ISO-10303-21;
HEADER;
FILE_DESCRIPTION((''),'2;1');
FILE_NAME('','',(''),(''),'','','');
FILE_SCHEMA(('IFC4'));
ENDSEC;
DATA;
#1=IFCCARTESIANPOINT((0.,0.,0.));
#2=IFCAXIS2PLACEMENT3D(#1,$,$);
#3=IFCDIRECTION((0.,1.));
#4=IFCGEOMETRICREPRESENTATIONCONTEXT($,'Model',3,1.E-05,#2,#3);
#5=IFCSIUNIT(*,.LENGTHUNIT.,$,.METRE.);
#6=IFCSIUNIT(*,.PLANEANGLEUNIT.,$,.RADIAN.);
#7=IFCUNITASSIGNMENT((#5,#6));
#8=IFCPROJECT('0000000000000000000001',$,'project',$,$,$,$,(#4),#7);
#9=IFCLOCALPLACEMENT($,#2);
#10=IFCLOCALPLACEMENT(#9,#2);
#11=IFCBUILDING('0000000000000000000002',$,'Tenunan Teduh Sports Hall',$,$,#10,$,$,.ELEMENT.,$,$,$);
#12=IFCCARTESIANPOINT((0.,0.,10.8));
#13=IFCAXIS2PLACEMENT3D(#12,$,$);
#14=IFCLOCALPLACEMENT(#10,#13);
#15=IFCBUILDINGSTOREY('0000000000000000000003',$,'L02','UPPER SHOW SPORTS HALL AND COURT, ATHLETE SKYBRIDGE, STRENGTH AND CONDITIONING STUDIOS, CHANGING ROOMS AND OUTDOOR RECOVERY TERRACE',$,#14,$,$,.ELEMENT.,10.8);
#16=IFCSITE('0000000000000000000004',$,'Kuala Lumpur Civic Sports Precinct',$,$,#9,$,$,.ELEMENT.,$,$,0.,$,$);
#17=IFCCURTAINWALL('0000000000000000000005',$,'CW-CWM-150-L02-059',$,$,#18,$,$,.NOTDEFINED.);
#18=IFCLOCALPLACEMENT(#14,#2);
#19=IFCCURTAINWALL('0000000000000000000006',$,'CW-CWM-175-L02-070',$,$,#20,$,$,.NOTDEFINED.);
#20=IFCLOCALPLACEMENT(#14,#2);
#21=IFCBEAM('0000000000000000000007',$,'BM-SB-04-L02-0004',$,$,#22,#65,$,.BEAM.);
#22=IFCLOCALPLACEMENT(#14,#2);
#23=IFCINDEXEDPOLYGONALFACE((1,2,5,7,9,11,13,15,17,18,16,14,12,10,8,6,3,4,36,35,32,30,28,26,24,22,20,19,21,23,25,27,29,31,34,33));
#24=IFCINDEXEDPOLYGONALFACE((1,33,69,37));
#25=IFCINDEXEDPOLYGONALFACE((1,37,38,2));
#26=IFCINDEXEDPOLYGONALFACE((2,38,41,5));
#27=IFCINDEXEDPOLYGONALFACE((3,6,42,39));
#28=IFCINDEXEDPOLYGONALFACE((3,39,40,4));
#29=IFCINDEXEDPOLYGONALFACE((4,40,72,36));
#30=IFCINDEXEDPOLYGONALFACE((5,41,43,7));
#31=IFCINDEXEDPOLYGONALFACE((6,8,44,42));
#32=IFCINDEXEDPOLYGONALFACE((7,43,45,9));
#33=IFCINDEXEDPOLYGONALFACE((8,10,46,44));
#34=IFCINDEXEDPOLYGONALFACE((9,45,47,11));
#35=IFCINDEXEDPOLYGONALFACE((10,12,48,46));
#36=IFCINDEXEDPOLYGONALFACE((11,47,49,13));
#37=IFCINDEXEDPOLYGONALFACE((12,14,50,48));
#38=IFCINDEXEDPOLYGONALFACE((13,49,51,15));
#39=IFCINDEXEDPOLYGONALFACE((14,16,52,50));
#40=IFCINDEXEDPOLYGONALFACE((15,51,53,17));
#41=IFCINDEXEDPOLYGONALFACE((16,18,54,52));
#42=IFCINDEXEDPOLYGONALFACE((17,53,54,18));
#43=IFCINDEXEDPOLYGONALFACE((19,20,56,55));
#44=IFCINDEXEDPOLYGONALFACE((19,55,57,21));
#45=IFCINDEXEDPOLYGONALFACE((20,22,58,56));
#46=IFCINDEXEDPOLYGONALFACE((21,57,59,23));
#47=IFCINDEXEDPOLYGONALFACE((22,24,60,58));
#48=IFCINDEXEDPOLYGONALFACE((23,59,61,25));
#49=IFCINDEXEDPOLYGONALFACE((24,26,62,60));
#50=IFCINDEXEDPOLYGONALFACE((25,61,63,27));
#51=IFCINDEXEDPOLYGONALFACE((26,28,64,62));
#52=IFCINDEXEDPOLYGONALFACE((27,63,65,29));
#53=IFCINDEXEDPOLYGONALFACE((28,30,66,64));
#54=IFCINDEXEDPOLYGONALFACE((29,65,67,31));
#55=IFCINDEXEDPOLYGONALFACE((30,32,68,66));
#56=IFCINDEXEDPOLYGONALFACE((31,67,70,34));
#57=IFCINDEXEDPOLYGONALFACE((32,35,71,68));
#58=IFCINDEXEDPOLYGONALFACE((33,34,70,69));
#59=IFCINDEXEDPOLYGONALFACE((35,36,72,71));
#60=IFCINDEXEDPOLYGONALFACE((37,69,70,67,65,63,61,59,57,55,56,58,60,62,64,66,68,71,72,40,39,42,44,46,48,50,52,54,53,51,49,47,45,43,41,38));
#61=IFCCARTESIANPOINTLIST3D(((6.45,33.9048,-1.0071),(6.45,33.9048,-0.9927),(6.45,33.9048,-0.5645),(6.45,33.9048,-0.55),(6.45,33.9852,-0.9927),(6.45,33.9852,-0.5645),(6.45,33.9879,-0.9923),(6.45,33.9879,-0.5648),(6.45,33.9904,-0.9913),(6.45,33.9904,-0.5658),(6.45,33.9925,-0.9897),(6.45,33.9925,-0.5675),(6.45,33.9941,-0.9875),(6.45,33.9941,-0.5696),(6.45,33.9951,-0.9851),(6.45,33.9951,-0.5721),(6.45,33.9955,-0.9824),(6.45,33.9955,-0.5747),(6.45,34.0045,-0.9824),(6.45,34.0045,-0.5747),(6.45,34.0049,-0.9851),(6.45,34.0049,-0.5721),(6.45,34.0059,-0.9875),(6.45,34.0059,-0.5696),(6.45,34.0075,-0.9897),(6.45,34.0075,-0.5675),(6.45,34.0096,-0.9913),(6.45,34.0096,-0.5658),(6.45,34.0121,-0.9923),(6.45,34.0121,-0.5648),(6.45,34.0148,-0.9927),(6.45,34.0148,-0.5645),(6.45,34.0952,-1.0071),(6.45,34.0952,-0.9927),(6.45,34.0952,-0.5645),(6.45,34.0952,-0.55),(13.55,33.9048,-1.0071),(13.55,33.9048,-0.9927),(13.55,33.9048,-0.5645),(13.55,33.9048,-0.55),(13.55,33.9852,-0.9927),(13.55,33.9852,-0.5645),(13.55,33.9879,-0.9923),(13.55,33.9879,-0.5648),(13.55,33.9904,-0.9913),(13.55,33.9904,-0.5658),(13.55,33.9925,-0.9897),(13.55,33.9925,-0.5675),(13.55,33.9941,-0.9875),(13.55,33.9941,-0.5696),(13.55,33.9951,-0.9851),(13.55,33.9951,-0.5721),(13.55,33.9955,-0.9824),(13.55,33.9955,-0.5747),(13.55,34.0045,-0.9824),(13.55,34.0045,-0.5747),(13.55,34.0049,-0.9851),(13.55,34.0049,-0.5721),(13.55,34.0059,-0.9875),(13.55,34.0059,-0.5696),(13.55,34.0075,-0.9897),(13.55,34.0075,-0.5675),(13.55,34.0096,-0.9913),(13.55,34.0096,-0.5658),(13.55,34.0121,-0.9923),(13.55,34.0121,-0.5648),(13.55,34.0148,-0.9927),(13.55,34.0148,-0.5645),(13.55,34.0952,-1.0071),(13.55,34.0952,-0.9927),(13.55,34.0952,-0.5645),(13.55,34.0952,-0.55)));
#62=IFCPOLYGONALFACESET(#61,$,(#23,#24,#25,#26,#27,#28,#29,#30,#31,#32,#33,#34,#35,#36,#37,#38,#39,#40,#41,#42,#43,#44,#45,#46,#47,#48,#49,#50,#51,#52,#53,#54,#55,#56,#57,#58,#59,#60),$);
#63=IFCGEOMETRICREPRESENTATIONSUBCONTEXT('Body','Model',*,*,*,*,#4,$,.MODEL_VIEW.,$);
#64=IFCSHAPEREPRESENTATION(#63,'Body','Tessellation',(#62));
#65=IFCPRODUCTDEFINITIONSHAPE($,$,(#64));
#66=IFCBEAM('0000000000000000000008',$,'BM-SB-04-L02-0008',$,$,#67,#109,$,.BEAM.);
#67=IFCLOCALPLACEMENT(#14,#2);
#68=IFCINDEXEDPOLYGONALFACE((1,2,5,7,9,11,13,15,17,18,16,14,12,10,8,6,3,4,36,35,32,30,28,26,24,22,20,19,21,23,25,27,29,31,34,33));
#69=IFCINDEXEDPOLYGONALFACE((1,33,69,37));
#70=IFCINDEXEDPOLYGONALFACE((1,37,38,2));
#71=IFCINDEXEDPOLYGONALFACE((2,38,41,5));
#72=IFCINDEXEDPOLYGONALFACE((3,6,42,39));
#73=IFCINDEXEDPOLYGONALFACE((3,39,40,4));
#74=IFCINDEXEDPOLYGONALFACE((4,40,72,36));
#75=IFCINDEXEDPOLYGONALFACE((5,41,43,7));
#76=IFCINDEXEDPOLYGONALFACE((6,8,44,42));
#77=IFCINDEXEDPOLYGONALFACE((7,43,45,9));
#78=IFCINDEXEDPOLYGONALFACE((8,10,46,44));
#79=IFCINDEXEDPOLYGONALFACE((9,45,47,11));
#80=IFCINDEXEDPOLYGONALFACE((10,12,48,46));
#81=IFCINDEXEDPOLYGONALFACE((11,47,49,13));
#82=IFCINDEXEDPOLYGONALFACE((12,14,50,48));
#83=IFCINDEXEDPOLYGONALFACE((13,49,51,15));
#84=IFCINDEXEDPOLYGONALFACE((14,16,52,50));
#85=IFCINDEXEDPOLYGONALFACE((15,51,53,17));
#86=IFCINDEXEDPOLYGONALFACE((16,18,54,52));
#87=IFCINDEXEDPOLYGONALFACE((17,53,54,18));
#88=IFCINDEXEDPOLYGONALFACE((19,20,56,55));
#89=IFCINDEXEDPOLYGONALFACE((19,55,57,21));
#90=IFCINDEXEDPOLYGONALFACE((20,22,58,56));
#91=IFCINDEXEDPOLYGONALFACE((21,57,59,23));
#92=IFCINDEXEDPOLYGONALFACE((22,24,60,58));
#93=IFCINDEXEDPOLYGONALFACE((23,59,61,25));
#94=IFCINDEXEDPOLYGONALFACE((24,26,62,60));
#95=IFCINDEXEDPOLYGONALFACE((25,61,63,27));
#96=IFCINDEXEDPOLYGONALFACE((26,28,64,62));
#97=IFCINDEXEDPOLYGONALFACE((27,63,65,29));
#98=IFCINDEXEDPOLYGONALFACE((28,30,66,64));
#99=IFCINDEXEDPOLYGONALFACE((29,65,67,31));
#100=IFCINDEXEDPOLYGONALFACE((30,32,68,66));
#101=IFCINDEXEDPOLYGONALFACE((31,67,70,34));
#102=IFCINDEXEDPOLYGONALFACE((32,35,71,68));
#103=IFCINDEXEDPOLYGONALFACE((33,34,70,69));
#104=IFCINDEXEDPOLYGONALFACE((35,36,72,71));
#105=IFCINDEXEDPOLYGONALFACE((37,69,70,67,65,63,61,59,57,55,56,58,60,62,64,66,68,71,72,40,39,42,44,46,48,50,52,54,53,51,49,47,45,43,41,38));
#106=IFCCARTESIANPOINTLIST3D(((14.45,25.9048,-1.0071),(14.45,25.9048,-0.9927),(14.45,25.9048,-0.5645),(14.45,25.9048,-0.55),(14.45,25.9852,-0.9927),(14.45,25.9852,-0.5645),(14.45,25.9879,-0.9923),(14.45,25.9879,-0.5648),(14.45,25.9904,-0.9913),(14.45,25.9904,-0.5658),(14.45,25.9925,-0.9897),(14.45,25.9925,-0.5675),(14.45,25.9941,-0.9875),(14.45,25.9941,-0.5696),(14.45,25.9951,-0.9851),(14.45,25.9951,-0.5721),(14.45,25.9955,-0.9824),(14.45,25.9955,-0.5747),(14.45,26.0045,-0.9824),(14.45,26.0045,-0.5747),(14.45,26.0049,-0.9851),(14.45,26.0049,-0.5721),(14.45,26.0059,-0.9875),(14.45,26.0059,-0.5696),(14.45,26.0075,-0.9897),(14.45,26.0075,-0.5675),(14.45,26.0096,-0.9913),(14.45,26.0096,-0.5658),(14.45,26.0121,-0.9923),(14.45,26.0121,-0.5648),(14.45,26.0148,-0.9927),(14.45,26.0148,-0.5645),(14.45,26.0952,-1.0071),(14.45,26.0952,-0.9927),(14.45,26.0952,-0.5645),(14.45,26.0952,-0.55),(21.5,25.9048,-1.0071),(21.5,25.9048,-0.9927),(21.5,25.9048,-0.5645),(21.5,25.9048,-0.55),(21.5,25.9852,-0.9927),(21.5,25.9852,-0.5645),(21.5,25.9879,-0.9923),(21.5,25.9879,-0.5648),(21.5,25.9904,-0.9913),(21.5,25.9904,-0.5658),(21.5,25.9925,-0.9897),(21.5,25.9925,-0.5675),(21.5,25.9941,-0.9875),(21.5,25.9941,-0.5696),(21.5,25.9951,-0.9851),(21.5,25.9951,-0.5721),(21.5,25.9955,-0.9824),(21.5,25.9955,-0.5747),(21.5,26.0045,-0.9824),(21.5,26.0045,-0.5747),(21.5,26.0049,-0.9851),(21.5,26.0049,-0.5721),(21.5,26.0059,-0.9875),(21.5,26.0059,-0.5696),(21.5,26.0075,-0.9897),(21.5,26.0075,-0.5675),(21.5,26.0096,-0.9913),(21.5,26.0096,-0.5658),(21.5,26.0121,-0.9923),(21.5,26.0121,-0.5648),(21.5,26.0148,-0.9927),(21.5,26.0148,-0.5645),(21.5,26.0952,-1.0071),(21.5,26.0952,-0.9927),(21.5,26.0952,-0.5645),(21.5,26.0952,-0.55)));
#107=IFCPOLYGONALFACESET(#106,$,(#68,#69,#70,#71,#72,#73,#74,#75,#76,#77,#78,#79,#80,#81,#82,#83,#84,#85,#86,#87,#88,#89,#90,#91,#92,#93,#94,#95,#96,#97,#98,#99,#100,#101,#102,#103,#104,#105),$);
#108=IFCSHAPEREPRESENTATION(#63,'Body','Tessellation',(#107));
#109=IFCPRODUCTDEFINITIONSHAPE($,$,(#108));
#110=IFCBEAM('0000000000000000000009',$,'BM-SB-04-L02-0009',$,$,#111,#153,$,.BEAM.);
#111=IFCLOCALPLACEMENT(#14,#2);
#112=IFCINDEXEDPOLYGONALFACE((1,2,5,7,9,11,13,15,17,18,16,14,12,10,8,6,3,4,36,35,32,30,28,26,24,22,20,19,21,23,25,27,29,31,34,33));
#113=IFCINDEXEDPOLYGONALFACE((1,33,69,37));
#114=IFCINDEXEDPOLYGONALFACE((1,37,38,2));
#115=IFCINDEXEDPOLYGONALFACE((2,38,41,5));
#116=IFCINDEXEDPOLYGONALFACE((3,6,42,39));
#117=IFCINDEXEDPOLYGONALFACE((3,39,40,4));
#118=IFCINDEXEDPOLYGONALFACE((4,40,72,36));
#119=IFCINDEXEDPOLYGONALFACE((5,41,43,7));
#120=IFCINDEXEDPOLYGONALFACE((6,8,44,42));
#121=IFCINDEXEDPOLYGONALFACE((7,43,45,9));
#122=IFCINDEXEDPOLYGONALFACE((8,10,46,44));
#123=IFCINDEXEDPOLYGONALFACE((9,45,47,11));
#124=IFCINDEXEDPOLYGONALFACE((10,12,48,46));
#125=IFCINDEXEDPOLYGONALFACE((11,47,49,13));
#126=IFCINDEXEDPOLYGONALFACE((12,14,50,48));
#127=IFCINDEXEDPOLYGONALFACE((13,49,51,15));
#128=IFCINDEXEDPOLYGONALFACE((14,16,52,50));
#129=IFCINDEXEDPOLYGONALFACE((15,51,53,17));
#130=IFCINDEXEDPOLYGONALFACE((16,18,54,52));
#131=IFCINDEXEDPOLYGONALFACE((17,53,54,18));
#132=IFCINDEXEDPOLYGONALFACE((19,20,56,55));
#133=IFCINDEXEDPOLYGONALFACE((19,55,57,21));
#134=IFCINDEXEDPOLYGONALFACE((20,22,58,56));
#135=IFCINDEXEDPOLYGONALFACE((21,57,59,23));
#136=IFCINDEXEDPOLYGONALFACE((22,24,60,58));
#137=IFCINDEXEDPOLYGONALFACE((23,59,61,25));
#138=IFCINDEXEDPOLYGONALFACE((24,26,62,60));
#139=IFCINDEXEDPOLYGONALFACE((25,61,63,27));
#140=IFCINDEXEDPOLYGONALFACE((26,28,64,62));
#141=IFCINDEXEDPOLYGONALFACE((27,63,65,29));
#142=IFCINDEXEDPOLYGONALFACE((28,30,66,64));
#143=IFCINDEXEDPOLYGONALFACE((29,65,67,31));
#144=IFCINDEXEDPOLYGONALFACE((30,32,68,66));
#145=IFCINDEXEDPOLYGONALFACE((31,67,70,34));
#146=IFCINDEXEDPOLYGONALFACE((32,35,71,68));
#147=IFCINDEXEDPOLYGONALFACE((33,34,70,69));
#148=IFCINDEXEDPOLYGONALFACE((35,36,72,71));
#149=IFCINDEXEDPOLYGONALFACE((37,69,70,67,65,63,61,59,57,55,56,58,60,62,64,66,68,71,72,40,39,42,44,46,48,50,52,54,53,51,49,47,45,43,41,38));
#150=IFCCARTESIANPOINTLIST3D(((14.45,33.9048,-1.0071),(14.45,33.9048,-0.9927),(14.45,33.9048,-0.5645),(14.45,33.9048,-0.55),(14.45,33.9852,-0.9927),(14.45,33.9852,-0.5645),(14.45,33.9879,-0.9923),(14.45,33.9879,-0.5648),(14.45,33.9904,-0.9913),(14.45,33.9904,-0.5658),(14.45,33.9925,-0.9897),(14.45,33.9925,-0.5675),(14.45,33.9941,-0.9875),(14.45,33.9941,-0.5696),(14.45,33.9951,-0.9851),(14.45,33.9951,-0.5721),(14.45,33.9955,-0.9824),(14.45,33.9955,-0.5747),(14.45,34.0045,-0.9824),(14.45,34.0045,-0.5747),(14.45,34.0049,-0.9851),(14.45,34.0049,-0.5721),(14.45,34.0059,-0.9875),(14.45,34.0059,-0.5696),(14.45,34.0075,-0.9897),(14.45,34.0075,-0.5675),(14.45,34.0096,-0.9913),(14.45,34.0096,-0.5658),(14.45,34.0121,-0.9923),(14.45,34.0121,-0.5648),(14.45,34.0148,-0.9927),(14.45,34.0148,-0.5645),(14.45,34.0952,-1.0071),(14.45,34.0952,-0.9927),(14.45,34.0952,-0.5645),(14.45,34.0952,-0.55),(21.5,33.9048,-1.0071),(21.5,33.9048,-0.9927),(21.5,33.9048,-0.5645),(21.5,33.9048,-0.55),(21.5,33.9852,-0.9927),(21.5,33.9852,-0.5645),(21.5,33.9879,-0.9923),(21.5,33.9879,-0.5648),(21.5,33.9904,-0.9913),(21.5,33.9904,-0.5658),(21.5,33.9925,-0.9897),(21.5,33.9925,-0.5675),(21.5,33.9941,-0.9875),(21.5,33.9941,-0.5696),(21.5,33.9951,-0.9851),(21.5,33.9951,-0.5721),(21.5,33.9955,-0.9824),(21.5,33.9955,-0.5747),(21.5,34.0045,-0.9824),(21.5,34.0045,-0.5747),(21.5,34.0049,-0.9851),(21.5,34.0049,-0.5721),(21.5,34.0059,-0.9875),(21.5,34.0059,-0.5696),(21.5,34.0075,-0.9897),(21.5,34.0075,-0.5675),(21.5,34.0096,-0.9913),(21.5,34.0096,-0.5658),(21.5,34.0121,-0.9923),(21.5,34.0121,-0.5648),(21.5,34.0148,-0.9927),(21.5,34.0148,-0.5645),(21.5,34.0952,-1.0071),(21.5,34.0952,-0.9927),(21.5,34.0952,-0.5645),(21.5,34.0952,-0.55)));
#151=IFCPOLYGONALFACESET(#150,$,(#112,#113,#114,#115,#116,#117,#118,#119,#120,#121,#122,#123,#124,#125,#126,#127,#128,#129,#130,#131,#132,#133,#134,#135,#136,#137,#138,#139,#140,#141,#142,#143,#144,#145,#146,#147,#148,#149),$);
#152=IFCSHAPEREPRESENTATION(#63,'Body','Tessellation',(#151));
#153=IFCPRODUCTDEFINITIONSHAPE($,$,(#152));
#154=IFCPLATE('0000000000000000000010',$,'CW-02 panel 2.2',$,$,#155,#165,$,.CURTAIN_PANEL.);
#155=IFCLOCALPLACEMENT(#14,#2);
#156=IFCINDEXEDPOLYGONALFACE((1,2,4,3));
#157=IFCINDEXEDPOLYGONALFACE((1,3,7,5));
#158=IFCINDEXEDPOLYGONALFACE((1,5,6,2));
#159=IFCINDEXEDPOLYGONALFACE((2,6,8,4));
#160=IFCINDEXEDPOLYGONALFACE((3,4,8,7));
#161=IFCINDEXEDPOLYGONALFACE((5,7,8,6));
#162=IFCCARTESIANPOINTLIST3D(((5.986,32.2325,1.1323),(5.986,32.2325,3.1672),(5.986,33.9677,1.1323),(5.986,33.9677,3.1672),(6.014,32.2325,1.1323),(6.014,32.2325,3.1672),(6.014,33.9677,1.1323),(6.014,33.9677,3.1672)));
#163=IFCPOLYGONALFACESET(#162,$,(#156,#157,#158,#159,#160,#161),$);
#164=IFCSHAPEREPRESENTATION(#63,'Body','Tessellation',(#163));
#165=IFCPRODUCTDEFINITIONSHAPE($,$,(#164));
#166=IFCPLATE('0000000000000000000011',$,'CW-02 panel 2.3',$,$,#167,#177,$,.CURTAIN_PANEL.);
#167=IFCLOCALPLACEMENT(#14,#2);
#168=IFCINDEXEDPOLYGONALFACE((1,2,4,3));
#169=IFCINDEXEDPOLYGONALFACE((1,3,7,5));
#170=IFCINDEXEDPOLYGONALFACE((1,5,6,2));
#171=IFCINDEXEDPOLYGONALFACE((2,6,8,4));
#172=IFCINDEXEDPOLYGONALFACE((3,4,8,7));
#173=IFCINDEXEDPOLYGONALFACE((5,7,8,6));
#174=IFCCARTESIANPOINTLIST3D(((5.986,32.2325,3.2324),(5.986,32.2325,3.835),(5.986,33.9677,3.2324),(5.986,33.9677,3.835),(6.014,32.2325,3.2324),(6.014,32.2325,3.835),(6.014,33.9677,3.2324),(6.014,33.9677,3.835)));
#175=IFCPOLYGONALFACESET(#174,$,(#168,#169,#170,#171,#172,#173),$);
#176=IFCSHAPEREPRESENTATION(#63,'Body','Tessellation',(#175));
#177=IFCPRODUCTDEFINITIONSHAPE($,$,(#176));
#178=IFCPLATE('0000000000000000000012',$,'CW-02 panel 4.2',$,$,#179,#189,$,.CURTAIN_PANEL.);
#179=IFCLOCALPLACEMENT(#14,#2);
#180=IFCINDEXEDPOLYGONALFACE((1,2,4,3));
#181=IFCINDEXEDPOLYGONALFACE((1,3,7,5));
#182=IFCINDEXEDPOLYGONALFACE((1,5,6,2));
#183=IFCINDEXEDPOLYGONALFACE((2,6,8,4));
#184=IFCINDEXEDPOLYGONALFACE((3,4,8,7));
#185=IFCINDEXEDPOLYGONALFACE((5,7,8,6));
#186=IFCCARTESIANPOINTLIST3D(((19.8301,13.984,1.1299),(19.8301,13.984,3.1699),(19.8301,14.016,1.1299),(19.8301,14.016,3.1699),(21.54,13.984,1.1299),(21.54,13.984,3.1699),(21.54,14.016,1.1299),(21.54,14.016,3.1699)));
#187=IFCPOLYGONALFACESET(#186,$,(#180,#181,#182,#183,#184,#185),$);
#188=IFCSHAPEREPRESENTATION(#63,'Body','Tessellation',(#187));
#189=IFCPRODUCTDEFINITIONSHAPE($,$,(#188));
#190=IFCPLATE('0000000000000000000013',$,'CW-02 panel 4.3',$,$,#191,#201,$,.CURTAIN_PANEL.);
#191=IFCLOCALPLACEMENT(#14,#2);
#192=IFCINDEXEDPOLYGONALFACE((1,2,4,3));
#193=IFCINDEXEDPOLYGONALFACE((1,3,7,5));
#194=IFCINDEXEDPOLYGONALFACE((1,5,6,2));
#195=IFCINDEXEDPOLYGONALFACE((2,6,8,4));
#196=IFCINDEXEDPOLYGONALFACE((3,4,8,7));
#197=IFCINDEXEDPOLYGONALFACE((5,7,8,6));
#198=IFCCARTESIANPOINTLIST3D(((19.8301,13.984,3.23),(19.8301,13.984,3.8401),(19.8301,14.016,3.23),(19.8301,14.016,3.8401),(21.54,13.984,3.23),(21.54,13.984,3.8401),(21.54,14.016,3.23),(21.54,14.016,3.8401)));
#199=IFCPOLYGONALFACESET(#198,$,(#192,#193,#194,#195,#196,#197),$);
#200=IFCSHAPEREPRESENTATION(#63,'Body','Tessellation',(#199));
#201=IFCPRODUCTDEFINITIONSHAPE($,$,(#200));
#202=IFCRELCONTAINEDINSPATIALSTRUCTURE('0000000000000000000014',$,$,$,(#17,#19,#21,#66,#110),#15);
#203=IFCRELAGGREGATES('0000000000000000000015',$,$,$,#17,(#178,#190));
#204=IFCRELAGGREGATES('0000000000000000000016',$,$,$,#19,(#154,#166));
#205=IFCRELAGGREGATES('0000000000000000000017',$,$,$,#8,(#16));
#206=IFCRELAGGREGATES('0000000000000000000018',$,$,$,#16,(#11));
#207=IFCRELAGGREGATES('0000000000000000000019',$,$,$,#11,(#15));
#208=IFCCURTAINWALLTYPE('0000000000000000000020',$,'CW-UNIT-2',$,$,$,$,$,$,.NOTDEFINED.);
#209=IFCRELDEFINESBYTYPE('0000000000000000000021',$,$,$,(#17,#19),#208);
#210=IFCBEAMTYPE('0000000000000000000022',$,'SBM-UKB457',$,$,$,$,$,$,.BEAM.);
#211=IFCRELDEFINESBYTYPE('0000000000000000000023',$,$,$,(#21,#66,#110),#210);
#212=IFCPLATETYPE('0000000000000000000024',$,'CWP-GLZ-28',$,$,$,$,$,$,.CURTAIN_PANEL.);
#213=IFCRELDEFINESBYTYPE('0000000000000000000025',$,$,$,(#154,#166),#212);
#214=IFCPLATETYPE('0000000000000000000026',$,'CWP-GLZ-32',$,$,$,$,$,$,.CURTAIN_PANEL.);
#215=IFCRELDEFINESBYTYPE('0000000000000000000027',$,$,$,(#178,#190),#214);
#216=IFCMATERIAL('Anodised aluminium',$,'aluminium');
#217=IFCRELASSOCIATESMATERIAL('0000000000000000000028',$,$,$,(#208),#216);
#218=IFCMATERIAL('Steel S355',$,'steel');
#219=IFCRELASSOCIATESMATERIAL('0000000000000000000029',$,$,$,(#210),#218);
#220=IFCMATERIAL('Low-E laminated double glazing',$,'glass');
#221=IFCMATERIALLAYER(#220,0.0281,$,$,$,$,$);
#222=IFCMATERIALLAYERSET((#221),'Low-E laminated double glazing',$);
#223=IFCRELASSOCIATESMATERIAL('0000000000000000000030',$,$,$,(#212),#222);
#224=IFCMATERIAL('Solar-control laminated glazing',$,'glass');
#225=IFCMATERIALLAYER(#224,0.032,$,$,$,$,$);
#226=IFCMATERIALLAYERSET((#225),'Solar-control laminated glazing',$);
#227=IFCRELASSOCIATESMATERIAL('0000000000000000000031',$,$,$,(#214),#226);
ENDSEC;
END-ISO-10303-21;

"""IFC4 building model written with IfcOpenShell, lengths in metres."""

from ifc_helpers import new_model, si_unit, direction, frame, origin, origin_2d, place, context, subcontext, project, spatial, rectangle, i_section, extrude, material, layer, layer_set, material_profile, profile_set, type_object, element, aggregate, save


model = new_model("IFC4")

# Units and contexts
model_context = context("Model", 3, precision=1e-05, world=origin(), true_north=direction((0.0, 1.0)))
body_context = subcontext(model_context, "Body", "Model", "MODEL_VIEW")
ifc_project = project(units=[si_unit("LENGTHUNIT", "METRE"), si_unit("PLANEANGLEUNIT", "RADIAN")], contexts=[model_context])

# Site, building, storey
site_placement = place(None, origin())
site = spatial("IfcSite", under=ifc_project, at=site_placement, Name="Kuala Lumpur Civic Sports Precinct", CompositionType="ELEMENT", RefElevation=0.0)
building_placement = place(site_placement, origin())
building = spatial("IfcBuilding", under=site, at=building_placement, Name="Tenunan Teduh Sports Hall", CompositionType="ELEMENT")
storey_placement = place(building_placement, frame((0.0, 0.0, 10.8)))
storey = spatial("IfcBuildingStorey", under=building, at=storey_placement, Name="L02", Description="UPPER SHOW SPORTS HALL AND COURT, ATHLETE SKYBRIDGE, STRENGTH AND CONDITIONING STUDIOS, CHANGING ROOMS AND OUTDOOR RECOVERY TERRACE", CompositionType="ELEMENT", Elevation=10.8)

# Curtain walls
ifc_material_1 = material(Name="Anodised aluminium", Category="aluminium")
curtain_wall_type = type_object("IfcCurtainWallType", Name="CW-UNIT-2", PredefinedType="NOTDEFINED", material=ifc_material_1)
curtain_wall_1_placement = place(storey_placement, origin())
curtain_wall_1 = element("IfcCurtainWall", 1, at=curtain_wall_1_placement, inside=storey, type_object=curtain_wall_type, Name="CW-CWM-150-L02-059", PredefinedType="NOTDEFINED")
curtain_wall_2_placement = place(storey_placement, origin())
curtain_wall_2 = element("IfcCurtainWall", 2, at=curtain_wall_2_placement, inside=storey, type_object=curtain_wall_type, Name="CW-CWM-175-L02-070", PredefinedType="NOTDEFINED")

# Beams
ifc_material_2 = material(Name="Steel S355", Category="steel")
ifc_material_profile_1 = material_profile(ifc_material_2, i_section(OverallWidth=0.1904, OverallDepth=0.457, WebThickness=0.009, FlangeThickness=0.0144, FilletRadius=0.0103, at=origin_2d()), Name="UKB 457x191x74")
ifc_profile_set_1 = profile_set([ifc_material_profile_1], Name="Steel S355")
beam_type_1 = type_object("IfcBeamType", Name="SBM-UKB457", PredefinedType="BEAM", material=ifc_profile_set_1)
for number, where, z_axis, x_axis, name in (
    (3, (6.45, 34.0, -0.7786), (1.0, 0.0, 0.0), (0.0, 1.0, 0.0), "BM-SB-04-L02-0004"),
):
    element("IfcBeam", number, at=place(storey_placement, frame(where, z_axis=z_axis, x_axis=x_axis)), inside=storey, type_object=beam_type_1, Name=name, PredefinedType="BEAM", context=body_context, shape_type="SweptSolid", body=[
        extrude(i_section(OverallWidth=0.1904, OverallDepth=0.457, WebThickness=0.009, FlangeThickness=0.0144, FilletRadius=0.0103, at=origin_2d()), origin(), (0.0, 0.0, 1.0), 7.1001),
    ])
for number, where, z_axis, x_axis, name in (
    (4, (14.45, 26.0, -0.7786), (1.0, 0.0, 0.0), (0.0, 1.0, 0.0), "BM-SB-04-L02-0008"),
    (5, (14.45, 34.0, -0.7786), (1.0, 0.0, 0.0), (0.0, 1.0, 0.0), "BM-SB-04-L02-0009"),
):
    element("IfcBeam", number, at=place(storey_placement, frame(where, z_axis=z_axis, x_axis=x_axis)), inside=storey, type_object=beam_type_1, Name=name, PredefinedType="BEAM", context=body_context, shape_type="SweptSolid", body=[
        extrude(i_section(OverallWidth=0.1904, OverallDepth=0.457, WebThickness=0.009, FlangeThickness=0.0144, FilletRadius=0.0103, at=origin_2d()), origin(), (0.0, 0.0, 1.0), 7.05),
    ])

# Plates
ifc_material_3 = material(Name="Low-E laminated double glazing", Category="glass")
ifc_layer_1 = layer(ifc_material_3, 0.0281)
ifc_layer_set_1 = layer_set([ifc_layer_1], Name="Low-E laminated double glazing")
plate_type_1 = type_object("IfcPlateType", Name="CWP-GLZ-28", PredefinedType="CURTAIN_PANEL", material=ifc_layer_set_1)
plate_1_placement = place(storey_placement, frame((6.0, 33.1001, 1.1323), z_axis=(0.0, 0.0, 1.0), x_axis=(0.0, 1.0, 0.0)))
plate_1 = element("IfcPlate", 6, at=plate_1_placement, type_object=plate_type_1, Name="CW-02 panel 2.2", PredefinedType="CURTAIN_PANEL", context=body_context, shape_type="SweptSolid", body=[
    extrude(rectangle(XDim=1.7351, YDim=0.0281, at=origin_2d()), origin(), (0.0, 0.0, 1.0), 2.0349),
])
plate_2_placement = place(storey_placement, frame((6.0, 33.1001, 3.2324), z_axis=(0.0, 0.0, 1.0), x_axis=(0.0, 1.0, 0.0)))
plate_2 = element("IfcPlate", 7, at=plate_2_placement, type_object=plate_type_1, Name="CW-02 panel 2.3", PredefinedType="CURTAIN_PANEL", context=body_context, shape_type="SweptSolid", body=[
    extrude(rectangle(XDim=1.7351, YDim=0.0281, at=origin_2d()), origin(), (0.0, 0.0, 1.0), 0.6025),
])
ifc_material_4 = material(Name="Solar-control laminated glazing", Category="glass")
ifc_layer_2 = layer(ifc_material_4, 0.032)
ifc_layer_set_2 = layer_set([ifc_layer_2], Name="Solar-control laminated glazing")
plate_type_2 = type_object("IfcPlateType", Name="CWP-GLZ-32", PredefinedType="CURTAIN_PANEL", material=ifc_layer_set_2)
plate_3_placement = place(storey_placement, frame((20.6851, 14.0, 1.1299), z_axis=(0.0, 0.0, 1.0), x_axis=(1.0, 0.0, 0.0)))
plate_3 = element("IfcPlate", 8, at=plate_3_placement, type_object=plate_type_2, Name="CW-02 panel 4.2", PredefinedType="CURTAIN_PANEL", context=body_context, shape_type="SweptSolid", body=[
    extrude(rectangle(XDim=1.71, YDim=0.032, at=origin_2d()), origin(), (0.0, 0.0, 1.0), 2.04),
])
plate_4_placement = place(storey_placement, frame((20.6851, 14.0, 3.23), z_axis=(0.0, 0.0, 1.0), x_axis=(1.0, 0.0, 0.0)))
plate_4 = element("IfcPlate", 9, at=plate_4_placement, type_object=plate_type_2, Name="CW-02 panel 4.3", PredefinedType="CURTAIN_PANEL", context=body_context, shape_type="SweptSolid", body=[
    extrude(rectangle(XDim=1.71, YDim=0.032, at=origin_2d()), origin(), (0.0, 0.0, 1.0), 0.6101),
])
aggregate(curtain_wall_1, [plate_3, plate_4])
aggregate(curtain_wall_2, [plate_1, plate_2])

save(model, "model.ifc")
